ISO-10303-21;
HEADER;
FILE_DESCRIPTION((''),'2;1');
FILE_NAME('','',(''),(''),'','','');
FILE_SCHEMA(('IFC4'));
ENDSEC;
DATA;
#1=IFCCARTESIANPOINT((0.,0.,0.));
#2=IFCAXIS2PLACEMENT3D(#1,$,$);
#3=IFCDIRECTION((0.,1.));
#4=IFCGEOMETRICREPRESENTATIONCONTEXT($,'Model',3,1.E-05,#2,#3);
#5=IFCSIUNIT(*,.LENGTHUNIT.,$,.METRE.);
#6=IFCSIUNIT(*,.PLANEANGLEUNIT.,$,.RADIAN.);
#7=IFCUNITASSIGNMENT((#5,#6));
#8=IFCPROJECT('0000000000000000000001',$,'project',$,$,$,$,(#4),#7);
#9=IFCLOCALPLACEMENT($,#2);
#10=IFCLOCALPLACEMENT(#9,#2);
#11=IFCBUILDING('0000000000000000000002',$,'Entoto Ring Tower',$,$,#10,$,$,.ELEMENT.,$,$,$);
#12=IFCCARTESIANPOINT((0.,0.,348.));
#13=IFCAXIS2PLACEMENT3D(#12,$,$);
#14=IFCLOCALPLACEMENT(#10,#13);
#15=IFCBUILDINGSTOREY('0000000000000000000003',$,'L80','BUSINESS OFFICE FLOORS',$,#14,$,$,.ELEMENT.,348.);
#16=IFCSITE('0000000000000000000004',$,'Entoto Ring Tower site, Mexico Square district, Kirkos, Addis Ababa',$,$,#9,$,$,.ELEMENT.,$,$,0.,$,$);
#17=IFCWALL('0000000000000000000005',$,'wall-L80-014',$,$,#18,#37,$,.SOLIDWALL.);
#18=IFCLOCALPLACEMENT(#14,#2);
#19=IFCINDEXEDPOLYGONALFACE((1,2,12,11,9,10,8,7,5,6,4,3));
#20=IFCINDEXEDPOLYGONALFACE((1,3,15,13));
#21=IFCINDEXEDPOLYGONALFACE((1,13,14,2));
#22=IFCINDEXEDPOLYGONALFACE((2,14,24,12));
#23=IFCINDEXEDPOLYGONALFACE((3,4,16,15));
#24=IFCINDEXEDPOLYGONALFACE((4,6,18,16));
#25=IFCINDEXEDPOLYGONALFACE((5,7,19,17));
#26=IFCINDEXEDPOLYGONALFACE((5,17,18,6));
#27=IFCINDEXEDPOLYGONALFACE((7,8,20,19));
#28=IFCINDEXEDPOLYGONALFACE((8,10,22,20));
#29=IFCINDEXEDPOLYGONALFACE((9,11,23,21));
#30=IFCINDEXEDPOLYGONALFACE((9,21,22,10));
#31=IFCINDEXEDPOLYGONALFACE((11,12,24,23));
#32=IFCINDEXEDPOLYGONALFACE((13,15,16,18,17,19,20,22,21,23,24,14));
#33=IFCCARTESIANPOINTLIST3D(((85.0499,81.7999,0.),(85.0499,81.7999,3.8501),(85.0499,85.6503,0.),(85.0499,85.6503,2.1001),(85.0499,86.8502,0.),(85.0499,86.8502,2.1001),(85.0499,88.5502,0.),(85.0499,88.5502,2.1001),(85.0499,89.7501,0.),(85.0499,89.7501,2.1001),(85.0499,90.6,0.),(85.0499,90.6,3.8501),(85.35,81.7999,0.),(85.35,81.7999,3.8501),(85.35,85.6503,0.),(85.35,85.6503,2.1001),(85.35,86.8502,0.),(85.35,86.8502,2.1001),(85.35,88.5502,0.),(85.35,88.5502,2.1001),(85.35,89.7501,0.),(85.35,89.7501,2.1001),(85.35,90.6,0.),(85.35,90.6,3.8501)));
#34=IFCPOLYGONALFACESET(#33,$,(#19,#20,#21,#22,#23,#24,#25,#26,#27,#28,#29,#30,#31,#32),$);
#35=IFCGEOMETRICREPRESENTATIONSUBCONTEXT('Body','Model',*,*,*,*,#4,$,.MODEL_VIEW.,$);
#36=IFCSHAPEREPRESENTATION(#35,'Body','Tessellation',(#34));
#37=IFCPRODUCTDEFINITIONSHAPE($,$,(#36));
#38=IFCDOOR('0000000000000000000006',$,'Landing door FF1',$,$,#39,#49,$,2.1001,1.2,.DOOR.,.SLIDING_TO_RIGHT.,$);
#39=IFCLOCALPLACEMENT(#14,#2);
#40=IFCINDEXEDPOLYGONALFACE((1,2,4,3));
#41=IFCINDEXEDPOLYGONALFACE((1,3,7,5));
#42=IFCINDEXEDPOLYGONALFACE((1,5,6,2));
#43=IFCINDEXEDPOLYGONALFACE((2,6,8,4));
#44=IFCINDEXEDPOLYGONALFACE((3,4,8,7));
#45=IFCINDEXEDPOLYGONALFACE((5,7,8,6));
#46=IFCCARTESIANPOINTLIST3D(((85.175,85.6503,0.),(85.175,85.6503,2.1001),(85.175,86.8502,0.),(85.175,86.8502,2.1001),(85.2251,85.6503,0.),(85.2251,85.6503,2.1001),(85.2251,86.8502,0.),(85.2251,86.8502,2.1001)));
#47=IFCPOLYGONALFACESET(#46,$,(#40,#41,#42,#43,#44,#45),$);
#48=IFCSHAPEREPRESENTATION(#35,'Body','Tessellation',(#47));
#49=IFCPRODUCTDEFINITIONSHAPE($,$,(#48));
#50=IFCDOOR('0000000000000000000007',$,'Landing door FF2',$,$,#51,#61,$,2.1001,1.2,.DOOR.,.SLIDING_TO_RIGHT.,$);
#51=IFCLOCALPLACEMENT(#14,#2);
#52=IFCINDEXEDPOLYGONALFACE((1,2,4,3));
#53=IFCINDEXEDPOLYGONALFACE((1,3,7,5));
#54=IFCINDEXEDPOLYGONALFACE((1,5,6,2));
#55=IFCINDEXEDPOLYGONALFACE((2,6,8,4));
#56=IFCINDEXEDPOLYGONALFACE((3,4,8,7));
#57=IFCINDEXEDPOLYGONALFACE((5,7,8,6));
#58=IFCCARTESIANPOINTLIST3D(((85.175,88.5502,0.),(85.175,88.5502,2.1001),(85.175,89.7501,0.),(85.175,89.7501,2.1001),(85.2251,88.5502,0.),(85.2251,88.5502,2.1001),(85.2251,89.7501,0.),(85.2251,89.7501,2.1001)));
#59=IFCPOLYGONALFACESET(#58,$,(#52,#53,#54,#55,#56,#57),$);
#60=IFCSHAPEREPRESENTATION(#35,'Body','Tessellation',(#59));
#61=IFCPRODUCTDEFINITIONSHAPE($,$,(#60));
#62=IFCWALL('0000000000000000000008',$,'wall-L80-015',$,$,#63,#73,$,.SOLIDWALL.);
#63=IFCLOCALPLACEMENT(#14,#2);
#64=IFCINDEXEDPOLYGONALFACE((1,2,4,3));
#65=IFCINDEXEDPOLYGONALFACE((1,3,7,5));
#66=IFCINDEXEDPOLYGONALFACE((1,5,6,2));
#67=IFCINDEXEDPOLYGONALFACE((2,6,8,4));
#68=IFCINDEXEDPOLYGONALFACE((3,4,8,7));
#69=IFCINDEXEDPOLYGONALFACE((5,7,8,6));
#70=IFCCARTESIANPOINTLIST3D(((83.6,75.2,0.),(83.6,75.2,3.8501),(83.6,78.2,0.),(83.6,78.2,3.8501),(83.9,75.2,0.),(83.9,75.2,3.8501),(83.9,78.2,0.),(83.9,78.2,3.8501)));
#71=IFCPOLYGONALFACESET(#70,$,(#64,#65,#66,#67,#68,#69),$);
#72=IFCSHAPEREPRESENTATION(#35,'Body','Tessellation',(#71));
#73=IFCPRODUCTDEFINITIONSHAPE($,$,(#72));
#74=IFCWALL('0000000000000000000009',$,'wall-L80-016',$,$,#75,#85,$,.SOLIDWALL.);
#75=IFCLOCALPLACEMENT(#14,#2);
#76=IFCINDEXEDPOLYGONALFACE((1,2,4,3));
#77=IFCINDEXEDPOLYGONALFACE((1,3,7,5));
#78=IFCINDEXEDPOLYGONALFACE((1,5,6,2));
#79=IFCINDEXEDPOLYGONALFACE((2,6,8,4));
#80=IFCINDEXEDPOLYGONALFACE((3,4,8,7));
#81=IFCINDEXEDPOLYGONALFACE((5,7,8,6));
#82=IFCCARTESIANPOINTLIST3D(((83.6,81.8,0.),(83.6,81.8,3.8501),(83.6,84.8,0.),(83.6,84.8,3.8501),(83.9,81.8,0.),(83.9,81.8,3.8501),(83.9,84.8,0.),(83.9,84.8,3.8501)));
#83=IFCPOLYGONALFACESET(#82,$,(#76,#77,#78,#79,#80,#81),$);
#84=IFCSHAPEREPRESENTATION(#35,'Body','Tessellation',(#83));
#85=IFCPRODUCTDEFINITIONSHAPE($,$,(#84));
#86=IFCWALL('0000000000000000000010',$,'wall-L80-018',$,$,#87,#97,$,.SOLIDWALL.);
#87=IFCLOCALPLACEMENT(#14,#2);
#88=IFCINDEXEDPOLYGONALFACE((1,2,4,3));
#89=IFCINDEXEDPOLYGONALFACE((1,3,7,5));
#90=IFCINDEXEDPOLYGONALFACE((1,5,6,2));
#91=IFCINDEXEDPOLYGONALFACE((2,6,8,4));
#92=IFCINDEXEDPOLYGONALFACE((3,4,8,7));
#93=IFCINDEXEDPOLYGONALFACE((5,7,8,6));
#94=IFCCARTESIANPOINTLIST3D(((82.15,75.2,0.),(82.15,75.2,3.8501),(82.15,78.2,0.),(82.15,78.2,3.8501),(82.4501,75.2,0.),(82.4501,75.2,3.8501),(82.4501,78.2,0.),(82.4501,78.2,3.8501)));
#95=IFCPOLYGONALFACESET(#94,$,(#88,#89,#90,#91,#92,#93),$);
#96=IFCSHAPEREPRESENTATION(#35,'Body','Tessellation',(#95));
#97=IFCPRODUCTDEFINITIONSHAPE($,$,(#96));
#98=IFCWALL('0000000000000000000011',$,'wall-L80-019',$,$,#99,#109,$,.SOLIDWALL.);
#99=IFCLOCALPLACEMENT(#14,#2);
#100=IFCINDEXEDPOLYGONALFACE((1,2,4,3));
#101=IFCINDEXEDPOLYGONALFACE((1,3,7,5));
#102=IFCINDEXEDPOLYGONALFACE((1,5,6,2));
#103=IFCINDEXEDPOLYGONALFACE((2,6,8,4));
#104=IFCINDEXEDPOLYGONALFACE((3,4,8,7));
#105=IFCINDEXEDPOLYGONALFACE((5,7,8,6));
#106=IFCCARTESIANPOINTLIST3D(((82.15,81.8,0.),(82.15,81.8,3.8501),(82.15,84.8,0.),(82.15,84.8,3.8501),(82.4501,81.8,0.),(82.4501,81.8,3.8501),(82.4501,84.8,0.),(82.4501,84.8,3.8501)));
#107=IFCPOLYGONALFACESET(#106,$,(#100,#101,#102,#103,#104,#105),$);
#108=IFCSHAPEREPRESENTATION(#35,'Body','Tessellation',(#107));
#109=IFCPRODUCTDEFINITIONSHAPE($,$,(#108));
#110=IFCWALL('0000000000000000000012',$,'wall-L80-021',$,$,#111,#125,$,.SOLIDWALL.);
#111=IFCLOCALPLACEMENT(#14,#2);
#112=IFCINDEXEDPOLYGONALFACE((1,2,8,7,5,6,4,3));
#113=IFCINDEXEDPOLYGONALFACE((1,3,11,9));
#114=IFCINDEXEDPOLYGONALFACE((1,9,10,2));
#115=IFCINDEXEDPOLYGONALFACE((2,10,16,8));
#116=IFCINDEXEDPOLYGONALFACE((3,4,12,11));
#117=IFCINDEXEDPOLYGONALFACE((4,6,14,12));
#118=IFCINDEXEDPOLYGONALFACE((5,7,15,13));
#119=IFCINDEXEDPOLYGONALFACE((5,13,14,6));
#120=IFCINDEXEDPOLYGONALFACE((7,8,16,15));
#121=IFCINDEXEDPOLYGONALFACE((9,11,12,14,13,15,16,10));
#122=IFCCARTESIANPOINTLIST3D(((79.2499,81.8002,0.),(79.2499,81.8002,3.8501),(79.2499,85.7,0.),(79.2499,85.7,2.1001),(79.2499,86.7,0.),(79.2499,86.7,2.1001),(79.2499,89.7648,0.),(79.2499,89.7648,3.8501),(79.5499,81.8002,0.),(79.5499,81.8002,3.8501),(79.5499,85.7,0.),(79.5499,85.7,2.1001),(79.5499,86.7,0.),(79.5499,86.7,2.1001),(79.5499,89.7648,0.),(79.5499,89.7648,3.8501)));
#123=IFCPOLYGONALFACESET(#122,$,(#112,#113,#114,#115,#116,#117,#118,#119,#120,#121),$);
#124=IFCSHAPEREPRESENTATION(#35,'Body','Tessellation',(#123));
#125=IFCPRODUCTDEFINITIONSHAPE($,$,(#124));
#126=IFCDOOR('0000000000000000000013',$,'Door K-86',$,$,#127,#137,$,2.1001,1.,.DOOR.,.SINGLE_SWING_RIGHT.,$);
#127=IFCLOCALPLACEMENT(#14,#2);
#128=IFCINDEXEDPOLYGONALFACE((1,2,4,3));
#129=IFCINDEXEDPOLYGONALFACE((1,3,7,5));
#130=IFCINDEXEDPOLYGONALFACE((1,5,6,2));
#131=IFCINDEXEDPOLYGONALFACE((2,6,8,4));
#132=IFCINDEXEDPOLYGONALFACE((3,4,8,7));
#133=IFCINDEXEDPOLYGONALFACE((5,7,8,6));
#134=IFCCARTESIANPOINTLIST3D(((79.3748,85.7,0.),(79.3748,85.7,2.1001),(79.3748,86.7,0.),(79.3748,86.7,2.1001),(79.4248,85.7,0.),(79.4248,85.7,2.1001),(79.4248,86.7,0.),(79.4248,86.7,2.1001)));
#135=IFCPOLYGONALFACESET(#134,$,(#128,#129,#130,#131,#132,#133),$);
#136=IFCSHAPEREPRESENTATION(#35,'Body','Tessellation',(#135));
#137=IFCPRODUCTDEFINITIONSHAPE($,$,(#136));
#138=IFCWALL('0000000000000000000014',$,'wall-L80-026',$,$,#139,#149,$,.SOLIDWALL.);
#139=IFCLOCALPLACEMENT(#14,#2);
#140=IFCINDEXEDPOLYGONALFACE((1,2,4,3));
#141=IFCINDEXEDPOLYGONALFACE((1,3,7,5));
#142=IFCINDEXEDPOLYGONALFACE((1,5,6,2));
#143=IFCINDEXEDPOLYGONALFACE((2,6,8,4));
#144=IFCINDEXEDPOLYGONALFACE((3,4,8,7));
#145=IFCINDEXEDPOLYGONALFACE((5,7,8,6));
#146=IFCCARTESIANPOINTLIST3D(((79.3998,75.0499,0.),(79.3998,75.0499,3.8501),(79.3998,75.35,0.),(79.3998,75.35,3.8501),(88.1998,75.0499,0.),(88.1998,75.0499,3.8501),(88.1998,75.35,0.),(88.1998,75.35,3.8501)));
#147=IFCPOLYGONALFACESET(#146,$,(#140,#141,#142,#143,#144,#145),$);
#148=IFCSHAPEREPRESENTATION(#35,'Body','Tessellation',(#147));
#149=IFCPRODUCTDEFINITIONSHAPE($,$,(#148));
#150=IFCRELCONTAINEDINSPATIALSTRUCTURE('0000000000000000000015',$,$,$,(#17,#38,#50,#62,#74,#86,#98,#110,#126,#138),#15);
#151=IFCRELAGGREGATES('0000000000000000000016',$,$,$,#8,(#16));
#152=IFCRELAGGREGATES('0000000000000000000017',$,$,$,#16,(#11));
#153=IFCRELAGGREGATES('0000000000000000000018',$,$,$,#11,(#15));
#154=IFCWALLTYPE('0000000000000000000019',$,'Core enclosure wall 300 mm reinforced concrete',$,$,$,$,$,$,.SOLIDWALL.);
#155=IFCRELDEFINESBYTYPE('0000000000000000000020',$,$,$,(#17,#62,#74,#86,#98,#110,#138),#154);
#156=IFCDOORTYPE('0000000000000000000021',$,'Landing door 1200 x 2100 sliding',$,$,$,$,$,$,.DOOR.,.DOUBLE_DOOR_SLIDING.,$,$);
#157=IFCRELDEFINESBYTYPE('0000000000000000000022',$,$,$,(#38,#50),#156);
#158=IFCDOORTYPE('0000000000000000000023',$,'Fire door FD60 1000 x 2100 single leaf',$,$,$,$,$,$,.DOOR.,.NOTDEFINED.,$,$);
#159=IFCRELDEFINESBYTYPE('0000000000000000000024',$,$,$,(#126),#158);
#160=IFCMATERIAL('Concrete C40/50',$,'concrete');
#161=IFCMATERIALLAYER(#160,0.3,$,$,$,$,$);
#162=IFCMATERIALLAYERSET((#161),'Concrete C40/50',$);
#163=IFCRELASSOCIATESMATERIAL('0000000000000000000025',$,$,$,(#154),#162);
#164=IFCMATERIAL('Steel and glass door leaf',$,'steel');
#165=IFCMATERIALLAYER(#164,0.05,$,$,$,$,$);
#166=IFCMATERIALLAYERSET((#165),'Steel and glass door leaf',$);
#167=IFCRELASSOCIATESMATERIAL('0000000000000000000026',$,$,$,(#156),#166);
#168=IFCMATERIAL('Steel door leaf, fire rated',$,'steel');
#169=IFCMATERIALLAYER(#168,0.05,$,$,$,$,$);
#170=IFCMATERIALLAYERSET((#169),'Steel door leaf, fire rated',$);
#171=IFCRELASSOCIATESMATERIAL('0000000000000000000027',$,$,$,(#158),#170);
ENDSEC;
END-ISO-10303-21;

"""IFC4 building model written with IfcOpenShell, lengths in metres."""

from ifc_helpers import new_model, si_unit, direction, frame, frame_2d, origin, place, context, subcontext, project, spatial, rectangle, extrude, material, layer, layer_set, type_object, element, fill, save


model = new_model("IFC4")

# Units and contexts
model_context = context("Model", 3, precision=1e-05, world=origin(), true_north=direction((0.0, 1.0)))
body_context = subcontext(model_context, "Body", "Model", "MODEL_VIEW")
ifc_project = project(units=[si_unit("LENGTHUNIT", "METRE"), si_unit("PLANEANGLEUNIT", "RADIAN")], contexts=[model_context])

# Site, building, storey
site_placement = place(None, origin())
site = spatial("IfcSite", under=ifc_project, at=site_placement, Name="Entoto Ring Tower site, Mexico Square district, Kirkos, Addis Ababa", CompositionType="ELEMENT", RefElevation=0.0)
building_placement = place(site_placement, origin())
building = spatial("IfcBuilding", under=site, at=building_placement, Name="Entoto Ring Tower", CompositionType="ELEMENT")
storey_placement = place(building_placement, frame((0.0, 0.0, 348.0)))
storey = spatial("IfcBuildingStorey", under=building, at=storey_placement, Name="L80", Description="BUSINESS OFFICE FLOORS", CompositionType="ELEMENT", Elevation=348.0)

# Wall, openings, doors
ifc_material_1 = material(Name="Concrete C40/50", Category="concrete")
ifc_layer_1 = layer(ifc_material_1, 0.3)
ifc_layer_set_1 = layer_set([ifc_layer_1], Name="Concrete C40/50")
wall_type = type_object("IfcWallType", Name="Core enclosure wall 300 mm reinforced concrete", PredefinedType="SOLIDWALL", material=ifc_layer_set_1)
wall_1_placement = place(storey_placement, frame((85.2, 81.8, 0.0), z_axis=(0.0, 0.0, 1.0), x_axis=(0.0, 1.0, 0.0)))
wall_1 = element("IfcWall", 1, at=wall_1_placement, inside=storey, type_object=wall_type, Name="wall-L80-014", PredefinedType="SOLIDWALL", context=body_context, shape_type="SweptSolid", body=[
    extrude(rectangle(XDim=8.8, YDim=0.3, at=frame_2d((4.3999, 0.0))), origin(), (0.0, 0.0, 1.0), 3.8501),
])
opening_1_placement = place(wall_1_placement, frame((3.8501, 0.0, 0.0)))
opening_1 = element("IfcOpeningElement", 2, at=opening_1_placement, cuts=wall_1, PredefinedType="OPENING", context=body_context, shape_type="SweptSolid", body=[
    extrude(rectangle(XDim=1.2, YDim=2.1001, at=frame_2d((0.6001, 1.05))), frame((0.0, 0.1602, 0.0), z_axis=(0.0, -1.0, 0.0), x_axis=(1.0, 0.0, 0.0)), (0.0, 0.0, 1.0), 0.3201),
])
opening_2_placement = place(wall_1_placement, frame((6.75, 0.0, 0.0)))
opening_2 = element("IfcOpeningElement", 3, at=opening_2_placement, cuts=wall_1, PredefinedType="OPENING", context=body_context, shape_type="SweptSolid", body=[
    extrude(rectangle(XDim=1.2, YDim=2.1001, at=frame_2d((0.6001, 1.05))), frame((0.0, 0.1602, 0.0), z_axis=(0.0, -1.0, 0.0), x_axis=(1.0, 0.0, 0.0)), (0.0, 0.0, 1.0), 0.3201),
])
ifc_material_2 = material(Name="Steel and glass door leaf", Category="steel")
ifc_layer_2 = layer(ifc_material_2, 0.05)
ifc_layer_set_2 = layer_set([ifc_layer_2], Name="Steel and glass door leaf")
door_type_1 = type_object("IfcDoorType", Name="Landing door 1200 x 2100 sliding", OperationType="DOUBLE_DOOR_SLIDING", PredefinedType="DOOR", material=ifc_layer_set_2)
door_1_placement = place(opening_1_placement, origin())
door_1 = element("IfcDoor", 4, at=door_1_placement, inside=storey, type_object=door_type_1, Name="Landing door FF1", OperationType="SLIDING_TO_RIGHT", OverallHeight=2.1001, OverallWidth=1.2, PredefinedType="DOOR", context=body_context, shape_type="SweptSolid", body=[
    extrude(rectangle(XDim=1.2, YDim=2.1001, at=frame_2d((0.6001, 1.05))), frame((0.0, 0.0249, 0.0), z_axis=(0.0, -1.0, 0.0), x_axis=(1.0, 0.0, 0.0)), (0.0, 0.0, 1.0), 0.05),
])
fill(opening_1, door_1)
door_2_placement = place(opening_2_placement, origin())
door_2 = element("IfcDoor", 5, at=door_2_placement, inside=storey, type_object=door_type_1, Name="Landing door FF2", OperationType="SLIDING_TO_RIGHT", OverallHeight=2.1001, OverallWidth=1.2, PredefinedType="DOOR", context=body_context, shape_type="SweptSolid", body=[
    extrude(rectangle(XDim=1.2, YDim=2.1001, at=frame_2d((0.6001, 1.05))), frame((0.0, 0.0249, 0.0), z_axis=(0.0, -1.0, 0.0), x_axis=(1.0, 0.0, 0.0)), (0.0, 0.0, 1.0), 0.05),
])
fill(opening_2, door_2)

# Walls
for number, where, z_axis, x_axis, name in (
    (6, (83.75, 75.2, 0.0), (0.0, 0.0, 1.0), (0.0, 1.0, 0.0), "wall-L80-015"),
    (7, (83.75, 81.8, 0.0), (0.0, 0.0, 1.0), (0.0, 1.0, 0.0), "wall-L80-016"),
    (8, (82.3, 75.2, 0.0), (0.0, 0.0, 1.0), (0.0, 1.0, 0.0), "wall-L80-018"),
    (9, (82.3, 81.8, 0.0), (0.0, 0.0, 1.0), (0.0, 1.0, 0.0), "wall-L80-019"),
):
    element("IfcWall", number, at=place(storey_placement, frame(where, z_axis=z_axis, x_axis=x_axis)), inside=storey, type_object=wall_type, Name=name, PredefinedType="SOLIDWALL", context=body_context, shape_type="SweptSolid", body=[
        extrude(rectangle(XDim=3.0, YDim=0.3, at=frame_2d((1.5, 0.0))), origin(), (0.0, 0.0, 1.0), 3.8501),
    ])

# Wall, opening, door
wall_2_placement = place(storey_placement, frame((79.3999, 81.8, 0.0), z_axis=(0.0, 0.0, 1.0), x_axis=(0.0, 1.0, 0.0)))
wall_2 = element("IfcWall", 10, at=wall_2_placement, inside=storey, type_object=wall_type, Name="wall-L80-021", PredefinedType="SOLIDWALL", context=body_context, shape_type="SweptSolid", body=[
    extrude(rectangle(XDim=7.9646, YDim=0.3, at=frame_2d((3.9824, 0.0))), origin(), (0.0, 0.0, 1.0), 3.8501),
])
opening_3_placement = place(wall_2_placement, frame((3.8999, 0.0, 0.0)))
opening_3 = element("IfcOpeningElement", 11, at=opening_3_placement, cuts=wall_2, PredefinedType="OPENING", context=body_context, shape_type="SweptSolid", body=[
    extrude(rectangle(XDim=1.0, YDim=2.1001, at=frame_2d((0.5, 1.05))), frame((0.0, 0.1602, 0.0), z_axis=(0.0, -1.0, 0.0), x_axis=(1.0, 0.0, 0.0)), (0.0, 0.0, 1.0), 0.3201),
])
ifc_material_3 = material(Name="Steel door leaf, fire rated", Category="steel")
ifc_layer_3 = layer(ifc_material_3, 0.05)
ifc_layer_set_3 = layer_set([ifc_layer_3], Name="Steel door leaf, fire rated")
door_type_2 = type_object("IfcDoorType", Name="Fire door FD60 1000 x 2100 single leaf", OperationType="NOTDEFINED", PredefinedType="DOOR", material=ifc_layer_set_3)
door_3_placement = place(opening_3_placement, frame((1.0, 0.0, 0.0), z_axis=(0.0, 0.0, 1.0), x_axis=(-1.0, 0.0, 0.0)))
door_3 = element("IfcDoor", 12, at=door_3_placement, inside=storey, type_object=door_type_2, Name="Door K-86", OperationType="SINGLE_SWING_RIGHT", OverallHeight=2.1001, OverallWidth=1.0, PredefinedType="DOOR", context=body_context, shape_type="SweptSolid", body=[
    extrude(rectangle(XDim=1.0, YDim=2.1001, at=frame_2d((0.5, 1.05))), frame((0.0, 0.0249, 0.0), z_axis=(0.0, -1.0, 0.0), x_axis=(1.0, 0.0, 0.0)), (0.0, 0.0, 1.0), 0.05),
])
fill(opening_3, door_3)

# Wall
wall_3_placement = place(storey_placement, frame((79.3999, 75.2, 0.0), z_axis=(0.0, 0.0, 1.0), x_axis=(1.0, 0.0, 0.0)))
element("IfcWall", 13, at=wall_3_placement, inside=storey, type_object=wall_type, Name="wall-L80-026", PredefinedType="SOLIDWALL", context=body_context, shape_type="SweptSolid", body=[
    extrude(rectangle(XDim=8.8, YDim=0.3, at=frame_2d((4.3999, 0.0))), origin(), (0.0, 0.0, 1.0), 3.8501),
])

save(model, "model.ifc")
